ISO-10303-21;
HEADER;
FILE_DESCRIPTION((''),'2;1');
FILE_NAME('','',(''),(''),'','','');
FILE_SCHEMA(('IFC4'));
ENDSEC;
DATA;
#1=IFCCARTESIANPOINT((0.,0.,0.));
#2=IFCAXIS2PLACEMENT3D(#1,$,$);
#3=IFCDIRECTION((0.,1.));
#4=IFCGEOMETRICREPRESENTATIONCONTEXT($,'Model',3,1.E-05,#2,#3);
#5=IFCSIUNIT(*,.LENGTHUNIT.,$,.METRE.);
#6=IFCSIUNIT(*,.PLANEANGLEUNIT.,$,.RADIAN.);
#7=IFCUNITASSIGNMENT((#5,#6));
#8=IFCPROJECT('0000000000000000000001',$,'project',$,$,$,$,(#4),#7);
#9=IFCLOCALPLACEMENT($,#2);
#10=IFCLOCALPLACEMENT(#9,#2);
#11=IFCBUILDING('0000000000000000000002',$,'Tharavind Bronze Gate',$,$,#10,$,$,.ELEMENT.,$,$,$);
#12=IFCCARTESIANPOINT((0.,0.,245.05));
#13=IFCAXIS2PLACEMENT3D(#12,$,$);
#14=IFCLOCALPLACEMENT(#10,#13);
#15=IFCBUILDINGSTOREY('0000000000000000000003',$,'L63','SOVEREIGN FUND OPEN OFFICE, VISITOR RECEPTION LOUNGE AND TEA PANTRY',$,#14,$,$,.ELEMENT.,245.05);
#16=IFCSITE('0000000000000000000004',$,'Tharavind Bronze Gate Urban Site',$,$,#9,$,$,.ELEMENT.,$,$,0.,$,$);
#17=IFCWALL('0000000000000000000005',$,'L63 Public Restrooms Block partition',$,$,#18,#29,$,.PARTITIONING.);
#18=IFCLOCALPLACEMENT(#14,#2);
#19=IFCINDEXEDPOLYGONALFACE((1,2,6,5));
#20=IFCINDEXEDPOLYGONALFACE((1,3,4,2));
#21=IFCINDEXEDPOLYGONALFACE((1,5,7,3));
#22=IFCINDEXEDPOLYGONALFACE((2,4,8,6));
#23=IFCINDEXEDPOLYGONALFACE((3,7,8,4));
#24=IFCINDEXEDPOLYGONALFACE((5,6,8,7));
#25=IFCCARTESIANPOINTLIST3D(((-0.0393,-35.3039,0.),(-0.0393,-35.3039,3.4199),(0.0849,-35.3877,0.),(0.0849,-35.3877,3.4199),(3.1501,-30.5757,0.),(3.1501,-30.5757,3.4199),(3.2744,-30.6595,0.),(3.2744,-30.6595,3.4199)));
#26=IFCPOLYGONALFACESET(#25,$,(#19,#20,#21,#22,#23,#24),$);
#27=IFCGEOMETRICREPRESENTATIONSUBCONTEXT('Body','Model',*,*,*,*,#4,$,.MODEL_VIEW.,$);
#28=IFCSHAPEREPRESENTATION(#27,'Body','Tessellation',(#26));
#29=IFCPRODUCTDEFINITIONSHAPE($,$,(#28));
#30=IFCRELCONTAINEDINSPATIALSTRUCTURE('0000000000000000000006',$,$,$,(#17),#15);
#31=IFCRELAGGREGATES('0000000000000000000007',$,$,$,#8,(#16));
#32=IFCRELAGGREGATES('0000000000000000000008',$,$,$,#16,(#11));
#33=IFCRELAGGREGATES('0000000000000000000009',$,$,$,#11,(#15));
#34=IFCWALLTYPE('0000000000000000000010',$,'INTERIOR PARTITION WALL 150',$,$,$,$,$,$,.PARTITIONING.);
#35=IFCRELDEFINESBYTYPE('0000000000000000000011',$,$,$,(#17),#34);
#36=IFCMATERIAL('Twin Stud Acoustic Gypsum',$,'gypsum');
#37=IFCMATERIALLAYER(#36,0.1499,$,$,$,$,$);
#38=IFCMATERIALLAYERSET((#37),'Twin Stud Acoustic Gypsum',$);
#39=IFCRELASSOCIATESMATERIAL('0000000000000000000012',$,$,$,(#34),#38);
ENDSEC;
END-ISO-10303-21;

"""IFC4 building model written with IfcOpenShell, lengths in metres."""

from ifc_helpers import new_model, si_unit, direction, frame, frame_2d, origin, place, context, subcontext, project, spatial, rectangle, extrude, material, layer, layer_set, type_object, element, save


model = new_model("IFC4")

# Units and contexts
model_context = context("Model", 3, precision=1e-05, world=origin(), true_north=direction((0.0, 1.0)))
body_context = subcontext(model_context, "Body", "Model", "MODEL_VIEW")
ifc_project = project(units=[si_unit("LENGTHUNIT", "METRE"), si_unit("PLANEANGLEUNIT", "RADIAN")], contexts=[model_context])

# Site, building, storey
site_placement = place(None, origin())
site = spatial("IfcSite", under=ifc_project, at=site_placement, Name="Tharavind Bronze Gate Urban Site", CompositionType="ELEMENT", RefElevation=0.0)
building_placement = place(site_placement, origin())
building = spatial("IfcBuilding", under=site, at=building_placement, Name="Tharavind Bronze Gate", CompositionType="ELEMENT")
storey_placement = place(building_placement, frame((0.0, 0.0, 245.05)))
storey = spatial("IfcBuildingStorey", under=building, at=storey_placement, Name="L63", Description="SOVEREIGN FUND OPEN OFFICE, VISITOR RECEPTION LOUNGE AND TEA PANTRY", CompositionType="ELEMENT", Elevation=245.05)

# Wall
ifc_material_1 = material(Name="Twin Stud Acoustic Gypsum", Category="gypsum")
ifc_layer_1 = layer(ifc_material_1, 0.1499)
ifc_layer_set_1 = layer_set([ifc_layer_1], Name="Twin Stud Acoustic Gypsum")
wall_type_1 = type_object("IfcWallType", Name="INTERIOR PARTITION WALL 150", PredefinedType="PARTITIONING", material=ifc_layer_set_1)
wall_1_placement = place(storey_placement, frame((3.2122, -30.6177, 0.0), z_axis=(0.0, 0.0, 1.0), x_axis=(-0.559216, -0.829022, 0.0)))
element("IfcWall", 1, at=wall_1_placement, inside=storey, type_object=wall_type_1, Name="L63 Public Restrooms Block partition", PredefinedType="PARTITIONING", context=body_context, shape_type="SweptSolid", body=[
    extrude(rectangle(XDim=5.7034, YDim=0.1499, at=frame_2d((2.8516, 0.0))), origin(), (0.0, 0.0, 1.0), 3.4199),
])

save(model, "model.ifc")
